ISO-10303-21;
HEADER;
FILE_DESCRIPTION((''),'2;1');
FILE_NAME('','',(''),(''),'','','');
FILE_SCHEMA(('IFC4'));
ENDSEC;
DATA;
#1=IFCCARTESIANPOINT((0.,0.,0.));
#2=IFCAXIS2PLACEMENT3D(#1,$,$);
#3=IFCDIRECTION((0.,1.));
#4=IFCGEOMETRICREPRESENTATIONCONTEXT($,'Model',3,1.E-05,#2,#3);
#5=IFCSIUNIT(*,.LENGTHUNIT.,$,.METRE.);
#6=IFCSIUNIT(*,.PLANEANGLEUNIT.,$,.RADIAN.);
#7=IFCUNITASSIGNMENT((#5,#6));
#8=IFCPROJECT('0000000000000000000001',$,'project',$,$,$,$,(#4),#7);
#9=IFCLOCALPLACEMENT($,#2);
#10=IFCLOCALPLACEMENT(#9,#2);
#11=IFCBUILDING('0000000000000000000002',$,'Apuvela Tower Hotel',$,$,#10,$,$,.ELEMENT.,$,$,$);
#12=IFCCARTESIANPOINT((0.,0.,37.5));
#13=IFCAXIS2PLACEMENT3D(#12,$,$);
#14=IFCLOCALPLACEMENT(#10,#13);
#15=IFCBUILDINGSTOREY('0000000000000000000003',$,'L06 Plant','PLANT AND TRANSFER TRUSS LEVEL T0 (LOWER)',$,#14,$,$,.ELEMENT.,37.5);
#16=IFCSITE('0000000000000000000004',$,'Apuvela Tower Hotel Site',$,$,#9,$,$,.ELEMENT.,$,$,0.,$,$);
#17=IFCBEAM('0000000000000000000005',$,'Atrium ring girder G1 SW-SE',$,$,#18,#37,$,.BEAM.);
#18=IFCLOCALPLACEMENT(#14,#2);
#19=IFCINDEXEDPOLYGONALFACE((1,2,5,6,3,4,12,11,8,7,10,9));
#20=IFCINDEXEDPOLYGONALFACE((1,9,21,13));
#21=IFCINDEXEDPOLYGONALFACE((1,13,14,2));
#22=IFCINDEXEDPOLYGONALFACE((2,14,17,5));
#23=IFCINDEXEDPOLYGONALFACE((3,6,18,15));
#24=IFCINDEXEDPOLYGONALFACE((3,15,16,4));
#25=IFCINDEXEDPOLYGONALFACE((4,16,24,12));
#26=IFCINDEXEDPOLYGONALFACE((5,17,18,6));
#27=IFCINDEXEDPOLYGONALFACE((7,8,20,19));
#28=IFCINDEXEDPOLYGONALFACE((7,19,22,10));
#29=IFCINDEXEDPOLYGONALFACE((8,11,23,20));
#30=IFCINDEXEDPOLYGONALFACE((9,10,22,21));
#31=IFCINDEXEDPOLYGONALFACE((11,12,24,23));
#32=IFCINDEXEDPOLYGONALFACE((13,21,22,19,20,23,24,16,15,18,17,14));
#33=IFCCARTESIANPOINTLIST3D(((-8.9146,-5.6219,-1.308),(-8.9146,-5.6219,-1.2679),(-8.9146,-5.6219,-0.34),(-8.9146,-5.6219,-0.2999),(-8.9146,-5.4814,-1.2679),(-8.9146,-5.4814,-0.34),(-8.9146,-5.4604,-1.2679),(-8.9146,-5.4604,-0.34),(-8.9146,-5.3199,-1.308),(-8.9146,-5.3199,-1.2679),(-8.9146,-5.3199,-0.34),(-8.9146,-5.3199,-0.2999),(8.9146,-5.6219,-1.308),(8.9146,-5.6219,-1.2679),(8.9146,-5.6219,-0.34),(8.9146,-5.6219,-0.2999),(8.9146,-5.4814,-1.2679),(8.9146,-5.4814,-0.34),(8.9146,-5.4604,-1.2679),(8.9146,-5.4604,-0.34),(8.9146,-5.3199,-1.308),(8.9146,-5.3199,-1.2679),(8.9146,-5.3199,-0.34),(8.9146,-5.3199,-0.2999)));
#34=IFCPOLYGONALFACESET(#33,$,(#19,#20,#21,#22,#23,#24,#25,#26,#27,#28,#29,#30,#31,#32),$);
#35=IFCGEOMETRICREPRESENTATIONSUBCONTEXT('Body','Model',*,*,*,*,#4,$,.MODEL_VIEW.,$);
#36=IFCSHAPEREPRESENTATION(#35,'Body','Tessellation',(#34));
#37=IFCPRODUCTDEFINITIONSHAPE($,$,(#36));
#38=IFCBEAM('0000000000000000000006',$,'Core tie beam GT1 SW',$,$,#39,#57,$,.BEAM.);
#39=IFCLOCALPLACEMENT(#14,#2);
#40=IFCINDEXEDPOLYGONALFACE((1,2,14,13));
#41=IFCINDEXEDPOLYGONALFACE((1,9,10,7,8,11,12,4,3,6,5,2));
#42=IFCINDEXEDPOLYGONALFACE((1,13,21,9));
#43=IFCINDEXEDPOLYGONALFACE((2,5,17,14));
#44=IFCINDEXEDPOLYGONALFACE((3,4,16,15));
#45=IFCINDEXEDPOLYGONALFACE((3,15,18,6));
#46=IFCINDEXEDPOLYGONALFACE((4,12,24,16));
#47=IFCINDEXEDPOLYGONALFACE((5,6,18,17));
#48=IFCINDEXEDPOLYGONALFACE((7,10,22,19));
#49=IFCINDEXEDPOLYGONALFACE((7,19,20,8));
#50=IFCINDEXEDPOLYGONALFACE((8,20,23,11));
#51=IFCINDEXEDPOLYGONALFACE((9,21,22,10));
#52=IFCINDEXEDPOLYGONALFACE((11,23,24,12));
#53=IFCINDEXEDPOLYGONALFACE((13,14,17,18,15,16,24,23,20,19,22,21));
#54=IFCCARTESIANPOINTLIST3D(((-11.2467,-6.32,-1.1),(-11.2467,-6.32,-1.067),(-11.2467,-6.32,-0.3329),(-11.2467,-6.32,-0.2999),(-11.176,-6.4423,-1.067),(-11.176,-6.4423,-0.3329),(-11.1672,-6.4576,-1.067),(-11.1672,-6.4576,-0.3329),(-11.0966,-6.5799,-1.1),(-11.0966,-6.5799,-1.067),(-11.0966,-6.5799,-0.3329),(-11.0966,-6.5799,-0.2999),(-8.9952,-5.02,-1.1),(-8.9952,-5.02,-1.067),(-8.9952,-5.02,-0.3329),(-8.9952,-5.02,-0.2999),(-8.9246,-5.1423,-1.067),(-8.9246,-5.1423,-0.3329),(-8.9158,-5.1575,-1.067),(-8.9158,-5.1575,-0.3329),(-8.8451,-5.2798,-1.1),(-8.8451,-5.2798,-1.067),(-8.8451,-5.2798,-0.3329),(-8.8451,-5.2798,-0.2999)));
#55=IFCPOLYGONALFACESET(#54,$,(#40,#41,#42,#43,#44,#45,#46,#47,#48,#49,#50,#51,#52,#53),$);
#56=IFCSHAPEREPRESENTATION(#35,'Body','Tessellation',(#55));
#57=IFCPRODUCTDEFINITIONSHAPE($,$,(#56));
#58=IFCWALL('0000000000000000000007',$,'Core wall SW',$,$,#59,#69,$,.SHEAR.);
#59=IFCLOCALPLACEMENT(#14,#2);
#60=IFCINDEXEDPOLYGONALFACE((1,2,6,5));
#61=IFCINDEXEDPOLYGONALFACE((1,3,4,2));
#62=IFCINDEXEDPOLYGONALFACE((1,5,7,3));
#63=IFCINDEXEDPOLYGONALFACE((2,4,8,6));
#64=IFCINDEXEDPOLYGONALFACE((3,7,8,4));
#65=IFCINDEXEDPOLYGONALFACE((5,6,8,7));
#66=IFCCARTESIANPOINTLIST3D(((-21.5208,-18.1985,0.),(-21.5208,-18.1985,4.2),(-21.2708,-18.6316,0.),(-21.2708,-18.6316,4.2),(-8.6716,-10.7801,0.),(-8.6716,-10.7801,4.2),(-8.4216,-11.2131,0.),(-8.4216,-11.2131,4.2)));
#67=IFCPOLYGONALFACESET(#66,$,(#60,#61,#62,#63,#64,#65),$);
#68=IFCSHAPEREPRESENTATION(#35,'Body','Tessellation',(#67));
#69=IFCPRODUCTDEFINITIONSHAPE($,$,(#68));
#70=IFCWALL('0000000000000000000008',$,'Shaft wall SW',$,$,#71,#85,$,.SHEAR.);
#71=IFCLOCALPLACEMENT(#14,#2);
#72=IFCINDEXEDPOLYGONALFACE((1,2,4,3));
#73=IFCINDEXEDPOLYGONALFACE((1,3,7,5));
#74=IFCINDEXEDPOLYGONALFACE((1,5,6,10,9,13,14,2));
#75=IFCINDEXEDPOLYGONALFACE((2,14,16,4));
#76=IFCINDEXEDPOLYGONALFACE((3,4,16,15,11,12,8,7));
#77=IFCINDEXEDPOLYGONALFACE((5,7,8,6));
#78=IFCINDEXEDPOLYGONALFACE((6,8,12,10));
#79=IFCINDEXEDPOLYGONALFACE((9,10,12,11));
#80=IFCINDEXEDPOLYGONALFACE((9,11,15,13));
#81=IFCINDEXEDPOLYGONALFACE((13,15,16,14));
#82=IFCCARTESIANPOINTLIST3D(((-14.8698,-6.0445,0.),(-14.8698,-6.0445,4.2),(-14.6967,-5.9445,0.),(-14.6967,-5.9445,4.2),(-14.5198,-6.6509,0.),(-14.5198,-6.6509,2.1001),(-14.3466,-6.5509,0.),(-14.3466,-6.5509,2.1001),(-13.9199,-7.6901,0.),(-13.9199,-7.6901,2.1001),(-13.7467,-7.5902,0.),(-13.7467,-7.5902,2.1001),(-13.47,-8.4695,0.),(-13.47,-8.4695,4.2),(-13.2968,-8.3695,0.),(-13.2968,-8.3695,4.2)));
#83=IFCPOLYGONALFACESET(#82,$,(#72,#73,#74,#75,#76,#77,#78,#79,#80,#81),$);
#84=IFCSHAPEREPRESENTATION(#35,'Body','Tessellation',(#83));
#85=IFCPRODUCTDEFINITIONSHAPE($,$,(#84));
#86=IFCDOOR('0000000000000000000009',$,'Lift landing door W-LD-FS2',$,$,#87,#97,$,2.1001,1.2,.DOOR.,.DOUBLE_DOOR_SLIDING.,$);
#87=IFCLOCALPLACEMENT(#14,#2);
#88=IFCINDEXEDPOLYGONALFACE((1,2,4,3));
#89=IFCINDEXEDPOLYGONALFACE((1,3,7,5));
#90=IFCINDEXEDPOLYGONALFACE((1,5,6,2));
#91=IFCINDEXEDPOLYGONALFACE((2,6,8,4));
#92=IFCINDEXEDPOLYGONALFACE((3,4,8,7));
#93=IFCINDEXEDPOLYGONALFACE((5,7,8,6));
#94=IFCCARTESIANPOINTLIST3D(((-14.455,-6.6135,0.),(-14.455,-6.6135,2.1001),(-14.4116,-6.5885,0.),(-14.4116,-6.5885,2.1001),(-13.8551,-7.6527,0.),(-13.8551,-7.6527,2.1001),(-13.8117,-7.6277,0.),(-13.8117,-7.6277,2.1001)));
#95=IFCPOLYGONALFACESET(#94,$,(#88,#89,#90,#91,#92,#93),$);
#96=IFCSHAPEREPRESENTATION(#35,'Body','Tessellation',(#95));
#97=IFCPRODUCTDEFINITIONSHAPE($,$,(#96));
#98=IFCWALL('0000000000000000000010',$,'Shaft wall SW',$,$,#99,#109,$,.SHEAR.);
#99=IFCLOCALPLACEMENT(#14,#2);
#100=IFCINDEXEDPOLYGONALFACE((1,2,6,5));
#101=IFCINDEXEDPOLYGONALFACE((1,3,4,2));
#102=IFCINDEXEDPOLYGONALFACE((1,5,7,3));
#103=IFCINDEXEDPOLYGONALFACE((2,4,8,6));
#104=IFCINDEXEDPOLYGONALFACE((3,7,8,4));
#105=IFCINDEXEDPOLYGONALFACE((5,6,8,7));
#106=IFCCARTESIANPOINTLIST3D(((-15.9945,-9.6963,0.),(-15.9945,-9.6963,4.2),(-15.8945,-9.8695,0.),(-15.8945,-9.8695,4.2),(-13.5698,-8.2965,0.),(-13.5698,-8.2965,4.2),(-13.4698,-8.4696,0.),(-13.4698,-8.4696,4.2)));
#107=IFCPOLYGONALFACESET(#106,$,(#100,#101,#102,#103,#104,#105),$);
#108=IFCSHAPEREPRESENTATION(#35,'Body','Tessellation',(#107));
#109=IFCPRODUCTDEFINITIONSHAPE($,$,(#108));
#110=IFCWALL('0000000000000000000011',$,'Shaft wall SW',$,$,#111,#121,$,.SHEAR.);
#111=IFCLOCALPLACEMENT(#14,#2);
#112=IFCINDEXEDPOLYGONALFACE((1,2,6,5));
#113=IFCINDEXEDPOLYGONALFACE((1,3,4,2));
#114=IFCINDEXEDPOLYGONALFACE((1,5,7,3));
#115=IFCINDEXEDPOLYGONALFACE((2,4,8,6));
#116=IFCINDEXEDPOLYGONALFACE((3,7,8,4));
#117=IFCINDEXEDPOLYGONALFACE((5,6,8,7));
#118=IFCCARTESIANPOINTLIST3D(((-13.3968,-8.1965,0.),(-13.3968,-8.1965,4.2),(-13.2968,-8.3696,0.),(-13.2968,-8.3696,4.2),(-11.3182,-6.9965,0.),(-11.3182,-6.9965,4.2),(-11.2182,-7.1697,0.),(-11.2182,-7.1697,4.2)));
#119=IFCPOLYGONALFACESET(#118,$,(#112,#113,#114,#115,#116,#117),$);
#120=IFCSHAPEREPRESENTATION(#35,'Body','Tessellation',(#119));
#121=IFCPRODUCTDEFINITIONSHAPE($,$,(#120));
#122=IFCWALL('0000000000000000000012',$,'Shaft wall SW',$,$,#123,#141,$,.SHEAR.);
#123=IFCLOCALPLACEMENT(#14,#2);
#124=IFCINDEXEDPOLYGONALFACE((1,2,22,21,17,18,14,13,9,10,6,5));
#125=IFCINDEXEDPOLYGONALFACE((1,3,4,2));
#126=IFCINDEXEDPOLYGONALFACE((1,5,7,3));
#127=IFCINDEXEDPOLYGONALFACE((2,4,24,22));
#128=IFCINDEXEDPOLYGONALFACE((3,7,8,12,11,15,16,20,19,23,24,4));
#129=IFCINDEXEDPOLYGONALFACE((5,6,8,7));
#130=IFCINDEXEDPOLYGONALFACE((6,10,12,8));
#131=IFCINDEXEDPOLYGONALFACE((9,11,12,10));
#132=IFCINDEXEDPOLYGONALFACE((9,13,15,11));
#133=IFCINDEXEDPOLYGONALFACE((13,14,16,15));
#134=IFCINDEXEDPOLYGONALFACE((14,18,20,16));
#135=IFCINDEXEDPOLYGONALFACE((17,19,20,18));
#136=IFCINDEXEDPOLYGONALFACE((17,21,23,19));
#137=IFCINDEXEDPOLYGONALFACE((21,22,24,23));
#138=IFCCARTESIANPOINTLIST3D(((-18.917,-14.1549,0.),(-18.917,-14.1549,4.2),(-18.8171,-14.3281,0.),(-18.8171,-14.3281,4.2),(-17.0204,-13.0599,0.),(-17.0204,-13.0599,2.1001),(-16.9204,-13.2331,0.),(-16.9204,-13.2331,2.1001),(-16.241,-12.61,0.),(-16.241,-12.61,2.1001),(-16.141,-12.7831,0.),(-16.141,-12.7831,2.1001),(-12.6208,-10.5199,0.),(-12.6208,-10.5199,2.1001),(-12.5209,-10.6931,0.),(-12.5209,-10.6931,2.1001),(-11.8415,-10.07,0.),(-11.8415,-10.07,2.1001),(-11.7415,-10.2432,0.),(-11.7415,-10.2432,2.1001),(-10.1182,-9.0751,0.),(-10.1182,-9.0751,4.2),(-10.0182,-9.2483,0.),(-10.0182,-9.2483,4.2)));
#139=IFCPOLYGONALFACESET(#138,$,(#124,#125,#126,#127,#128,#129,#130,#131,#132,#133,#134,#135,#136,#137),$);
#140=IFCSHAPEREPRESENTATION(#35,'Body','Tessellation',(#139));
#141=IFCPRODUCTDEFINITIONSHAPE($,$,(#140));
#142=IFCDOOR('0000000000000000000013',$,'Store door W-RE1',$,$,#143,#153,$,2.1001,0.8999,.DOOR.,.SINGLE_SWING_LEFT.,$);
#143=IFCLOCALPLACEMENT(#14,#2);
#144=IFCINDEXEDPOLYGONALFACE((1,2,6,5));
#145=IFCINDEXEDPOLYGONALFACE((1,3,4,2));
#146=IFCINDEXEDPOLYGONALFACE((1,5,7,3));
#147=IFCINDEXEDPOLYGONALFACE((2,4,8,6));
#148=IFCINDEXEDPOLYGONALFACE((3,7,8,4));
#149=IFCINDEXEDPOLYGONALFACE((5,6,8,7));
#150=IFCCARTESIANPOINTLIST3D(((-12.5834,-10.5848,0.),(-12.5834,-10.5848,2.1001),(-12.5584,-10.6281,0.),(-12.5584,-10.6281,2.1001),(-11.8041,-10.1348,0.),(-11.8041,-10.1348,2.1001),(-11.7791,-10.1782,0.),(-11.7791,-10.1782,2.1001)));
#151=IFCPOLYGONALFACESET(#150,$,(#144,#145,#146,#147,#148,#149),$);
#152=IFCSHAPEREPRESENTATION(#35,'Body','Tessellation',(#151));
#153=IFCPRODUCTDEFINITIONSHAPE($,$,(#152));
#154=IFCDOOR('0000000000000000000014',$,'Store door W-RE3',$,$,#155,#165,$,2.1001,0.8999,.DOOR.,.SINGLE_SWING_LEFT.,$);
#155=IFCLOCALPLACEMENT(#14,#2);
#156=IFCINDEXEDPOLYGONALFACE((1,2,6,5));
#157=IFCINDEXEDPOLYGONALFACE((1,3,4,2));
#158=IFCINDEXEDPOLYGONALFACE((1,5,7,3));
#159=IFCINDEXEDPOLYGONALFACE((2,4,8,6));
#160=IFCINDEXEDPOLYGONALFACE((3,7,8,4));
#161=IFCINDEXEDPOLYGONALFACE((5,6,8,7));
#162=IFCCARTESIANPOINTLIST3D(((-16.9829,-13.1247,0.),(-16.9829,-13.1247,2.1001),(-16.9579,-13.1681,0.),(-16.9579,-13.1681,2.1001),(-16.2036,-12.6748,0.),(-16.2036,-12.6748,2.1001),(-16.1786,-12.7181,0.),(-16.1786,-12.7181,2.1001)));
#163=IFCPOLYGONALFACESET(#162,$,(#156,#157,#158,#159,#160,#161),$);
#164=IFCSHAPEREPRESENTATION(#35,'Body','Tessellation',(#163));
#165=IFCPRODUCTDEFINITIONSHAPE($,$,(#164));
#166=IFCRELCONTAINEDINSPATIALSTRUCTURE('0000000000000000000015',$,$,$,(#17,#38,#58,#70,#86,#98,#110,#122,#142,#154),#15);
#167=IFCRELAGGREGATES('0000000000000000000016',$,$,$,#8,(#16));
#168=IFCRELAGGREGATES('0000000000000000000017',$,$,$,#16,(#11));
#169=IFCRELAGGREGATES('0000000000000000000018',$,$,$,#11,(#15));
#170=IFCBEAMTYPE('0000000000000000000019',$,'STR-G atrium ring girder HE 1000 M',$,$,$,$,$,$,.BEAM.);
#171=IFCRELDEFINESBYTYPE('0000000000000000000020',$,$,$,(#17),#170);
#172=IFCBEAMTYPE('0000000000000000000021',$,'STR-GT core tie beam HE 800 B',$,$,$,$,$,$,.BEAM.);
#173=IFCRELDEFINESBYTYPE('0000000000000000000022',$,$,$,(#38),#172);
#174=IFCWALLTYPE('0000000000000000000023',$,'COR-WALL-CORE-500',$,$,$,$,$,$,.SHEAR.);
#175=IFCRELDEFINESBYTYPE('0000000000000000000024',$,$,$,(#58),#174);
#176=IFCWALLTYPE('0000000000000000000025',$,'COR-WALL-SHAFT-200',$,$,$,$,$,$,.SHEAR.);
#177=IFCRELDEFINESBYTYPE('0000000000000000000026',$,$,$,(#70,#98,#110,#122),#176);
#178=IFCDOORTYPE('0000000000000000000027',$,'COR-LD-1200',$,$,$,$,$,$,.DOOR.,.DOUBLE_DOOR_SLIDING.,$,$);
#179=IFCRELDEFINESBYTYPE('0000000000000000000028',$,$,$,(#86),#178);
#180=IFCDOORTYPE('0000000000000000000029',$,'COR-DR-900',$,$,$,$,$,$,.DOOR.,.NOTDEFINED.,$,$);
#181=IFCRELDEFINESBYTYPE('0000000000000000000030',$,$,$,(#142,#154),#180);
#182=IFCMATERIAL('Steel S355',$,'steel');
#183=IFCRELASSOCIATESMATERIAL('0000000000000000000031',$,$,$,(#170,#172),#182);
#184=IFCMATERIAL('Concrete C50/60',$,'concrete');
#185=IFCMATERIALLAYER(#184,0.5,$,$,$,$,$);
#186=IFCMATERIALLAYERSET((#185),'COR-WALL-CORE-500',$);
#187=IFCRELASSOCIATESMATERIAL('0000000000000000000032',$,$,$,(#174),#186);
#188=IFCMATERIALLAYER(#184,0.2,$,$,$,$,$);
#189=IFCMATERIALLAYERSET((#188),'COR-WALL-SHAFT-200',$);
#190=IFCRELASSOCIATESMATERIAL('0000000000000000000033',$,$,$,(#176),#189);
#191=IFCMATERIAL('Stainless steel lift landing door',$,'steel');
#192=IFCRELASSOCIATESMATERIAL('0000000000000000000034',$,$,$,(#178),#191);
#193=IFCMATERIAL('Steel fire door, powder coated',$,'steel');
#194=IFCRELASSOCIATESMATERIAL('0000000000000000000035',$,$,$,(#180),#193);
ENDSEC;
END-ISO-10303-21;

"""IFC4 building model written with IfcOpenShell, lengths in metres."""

from ifc_helpers import new_model, si_unit, direction, frame, frame_2d, origin, origin_2d, place, context, subcontext, project, spatial, rectangle, i_section, extrude, material, layer, layer_set, material_profile, profile_set, type_object, element, fill, save


model = new_model("IFC4")

# Units and contexts
model_context = context("Model", 3, precision=1e-05, world=origin(), true_north=direction((0.0, 1.0)))
body_context = subcontext(model_context, "Body", "Model", "MODEL_VIEW")
ifc_project = project(units=[si_unit("LENGTHUNIT", "METRE"), si_unit("PLANEANGLEUNIT", "RADIAN")], contexts=[model_context])

# Site, building, storey
site_placement = place(None, origin())
site = spatial("IfcSite", under=ifc_project, at=site_placement, Name="Apuvela Tower Hotel Site", CompositionType="ELEMENT", RefElevation=0.0)
building_placement = place(site_placement, origin())
building = spatial("IfcBuilding", under=site, at=building_placement, Name="Apuvela Tower Hotel", CompositionType="ELEMENT")
storey_placement = place(building_placement, frame((0.0, 0.0, 37.5)))
storey = spatial("IfcBuildingStorey", under=building, at=storey_placement, Name="L06 Plant", Description="PLANT AND TRANSFER TRUSS LEVEL T0 (LOWER)", CompositionType="ELEMENT", Elevation=37.5)

# Beams
ifc_material_1 = material(Name="Steel S355", Category="steel")
ifc_material_profile_1 = material_profile(ifc_material_1, i_section(OverallWidth=0.302, OverallDepth=1.0081, WebThickness=0.021, FlangeThickness=0.04, at=origin_2d()), Name="HE 1000 M")
ifc_profile_set_1 = profile_set([ifc_material_profile_1], Name="Steel S355")
beam_type_1 = type_object("IfcBeamType", Name="STR-G atrium ring girder HE 1000 M", PredefinedType="BEAM", material=ifc_profile_set_1)
beam_1_placement = place(storey_placement, frame((-8.9146, -5.4709, -0.804), z_axis=(1.0, 0.0, 0.0), x_axis=(0.0, 1.0, 0.0)))
element("IfcBeam", 1, at=beam_1_placement, inside=storey, type_object=beam_type_1, Name="Atrium ring girder G1 SW-SE", PredefinedType="BEAM", context=body_context, shape_type="SweptSolid", body=[
    extrude(i_section(OverallWidth=0.302, OverallDepth=1.0081, WebThickness=0.021, FlangeThickness=0.04, at=origin_2d()), origin(), (0.0, 0.0, 1.0), 17.8291),
])
ifc_material_profile_2 = material_profile(ifc_material_1, i_section(OverallWidth=0.3, OverallDepth=0.8, WebThickness=0.0176, FlangeThickness=0.033, at=origin_2d()), Name="HE 800 B")
ifc_profile_set_2 = profile_set([ifc_material_profile_2], Name="Steel S355")
beam_type_2 = type_object("IfcBeamType", Name="STR-GT core tie beam HE 800 B", PredefinedType="BEAM", material=ifc_profile_set_2)
beam_2_placement = place(storey_placement, frame((-11.1716, -6.45, -0.7), z_axis=(0.865998, 0.500048, 0.0), x_axis=(-0.500048, 0.865998, 0.0)))
element("IfcBeam", 2, at=beam_2_placement, inside=storey, type_object=beam_type_2, Name="Core tie beam GT1 SW", PredefinedType="BEAM", context=body_context, shape_type="SweptSolid", body=[
    extrude(i_section(OverallWidth=0.3, OverallDepth=0.8, WebThickness=0.0176, FlangeThickness=0.033, at=origin_2d()), origin(), (0.0, 0.0, 1.0), 2.5999),
])

# Wall
ifc_material_2 = material(Name="Concrete C50/60", Category="concrete")
ifc_layer_1 = layer(ifc_material_2, 0.5)
ifc_layer_set_1 = layer_set([ifc_layer_1], Name="COR-WALL-CORE-500")
wall_type_1 = type_object("IfcWallType", Name="COR-WALL-CORE-500", PredefinedType="SHEAR", material=ifc_layer_set_1)
wall_1_placement = place(storey_placement, frame((-8.5466, -10.9966, 0.0), z_axis=(0.0, 0.0, 1.0), x_axis=(-0.866025, -0.500001, 0.0)))
element("IfcWall", 3, at=wall_1_placement, inside=storey, type_object=wall_type_1, Name="Core wall SW", PredefinedType="SHEAR", context=body_context, shape_type="SweptSolid", body=[
    extrude(rectangle(XDim=14.8369, YDim=0.5, at=frame_2d((7.4185, 0.0))), origin(), (0.0, 0.0, 1.0), 4.2),
])

# Wall, opening, door
ifc_layer_2 = layer(ifc_material_2, 0.2)
ifc_layer_set_2 = layer_set([ifc_layer_2], Name="COR-WALL-SHAFT-200")
wall_type_2 = type_object("IfcWallType", Name="COR-WALL-SHAFT-200", PredefinedType="SHEAR", material=ifc_layer_set_2)
wall_2_placement = place(storey_placement, frame((-14.7832, -5.9946, 0.0), z_axis=(0.0, 0.0, 1.0), x_axis=(0.499946, -0.866056, 0.0)))
wall_2 = element("IfcWall", 4, at=wall_2_placement, inside=storey, type_object=wall_type_2, Name="Shaft wall SW", PredefinedType="SHEAR", context=body_context, shape_type="SweptSolid", body=[
    extrude(rectangle(XDim=2.8, YDim=0.2, at=frame_2d((1.3999, 0.0))), origin(), (0.0, 0.0, 1.0), 4.2),
])
opening_1_placement = place(wall_2_placement, frame((0.7, 0.0, 0.0)))
opening_1 = element("IfcOpeningElement", 5, at=opening_1_placement, cuts=wall_2, PredefinedType="OPENING", context=body_context, shape_type="SweptSolid", body=[
    extrude(rectangle(XDim=1.2, YDim=2.1001, at=frame_2d((0.6001, 1.05))), frame((0.0, 0.1099, 0.0), z_axis=(0.0, -1.0, 0.0), x_axis=(1.0, 0.0, 0.0)), (0.0, 0.0, 1.0), 0.22),
])
ifc_material_3 = material(Name="Stainless steel lift landing door", Category="steel")
door_type_1 = type_object("IfcDoorType", Name="COR-LD-1200", OperationType="DOUBLE_DOOR_SLIDING", PredefinedType="DOOR", material=ifc_material_3)
door_1_placement = place(opening_1_placement, origin())
door_1 = element("IfcDoor", 6, at=door_1_placement, inside=storey, type_object=door_type_1, Name="Lift landing door W-LD-FS2", OperationType="DOUBLE_DOOR_SLIDING", OverallHeight=2.1001, OverallWidth=1.2, PredefinedType="DOOR", context=body_context, shape_type="SweptSolid", body=[
    extrude(rectangle(XDim=1.2, YDim=2.1001, at=frame_2d((0.6001, 1.05))), frame((0.0, 0.0249, 0.0), z_axis=(0.0, -1.0, 0.0), x_axis=(1.0, 0.0, 0.0)), (0.0, 0.0, 1.0), 0.05),
])
fill(opening_1, door_1)

# Walls
wall_3_placement = place(storey_placement, frame((-13.5198, -8.3831, 0.0), z_axis=(0.0, 0.0, 1.0), x_axis=(-0.866035, -0.499984, 0.0)))
element("IfcWall", 7, at=wall_3_placement, inside=storey, type_object=wall_type_2, Name="Shaft wall SW", PredefinedType="SHEAR", context=body_context, shape_type="SweptSolid", body=[
    extrude(rectangle(XDim=2.7998, YDim=0.2, at=frame_2d((1.3999, 0.0))), origin(), (0.0, 0.0, 1.0), 4.2),
])
wall_4_placement = place(storey_placement, frame((-11.2681, -7.083, 0.0), z_axis=(0.0, 0.0, 1.0), x_axis=(-0.86605, -0.499957, 0.0)))
element("IfcWall", 8, at=wall_4_placement, inside=storey, type_object=wall_type_2, Name="Shaft wall SW", PredefinedType="SHEAR", context=body_context, shape_type="SweptSolid", body=[
    extrude(rectangle(XDim=2.4001, YDim=0.2, at=frame_2d((1.2002, 0.0))), origin(), (0.0, 0.0, 1.0), 4.2),
])

# Wall, openings, doors
wall_5_placement = place(storey_placement, frame((-10.0681, -9.1616, 0.0), z_axis=(0.0, 0.0, 1.0), x_axis=(-0.866033, -0.499987, 0.0)))
wall_5 = element("IfcWall", 9, at=wall_5_placement, inside=storey, type_object=wall_type_2, Name="Shaft wall SW", PredefinedType="SHEAR", context=body_context, shape_type="SweptSolid", body=[
    extrude(rectangle(XDim=10.1599, YDim=0.2, at=frame_2d((5.0801, 0.0))), origin(), (0.0, 0.0, 1.0), 4.2),
])
opening_2_placement = place(wall_5_placement, frame((1.99, 0.0, 0.0)))
opening_2 = element("IfcOpeningElement", 10, at=opening_2_placement, cuts=wall_5, PredefinedType="OPENING", context=body_context, shape_type="SweptSolid", body=[
    extrude(rectangle(XDim=0.8999, YDim=2.1001, at=frame_2d((0.45, 1.05))), frame((0.0, 0.1099, 0.0), z_axis=(0.0, -1.0, 0.0), x_axis=(1.0, 0.0, 0.0)), (0.0, 0.0, 1.0), 0.22),
])
opening_3_placement = place(wall_5_placement, frame((7.0701, 0.0, 0.0)))
opening_3 = element("IfcOpeningElement", 11, at=opening_3_placement, cuts=wall_5, PredefinedType="OPENING", context=body_context, shape_type="SweptSolid", body=[
    extrude(rectangle(XDim=0.8999, YDim=2.1001, at=frame_2d((0.45, 1.05))), frame((0.0, 0.1099, 0.0), z_axis=(0.0, -1.0, 0.0), x_axis=(1.0, 0.0, 0.0)), (0.0, 0.0, 1.0), 0.22),
])
ifc_material_4 = material(Name="Steel fire door, powder coated", Category="steel")
door_type_2 = type_object("IfcDoorType", Name="COR-DR-900", OperationType="NOTDEFINED", PredefinedType="DOOR", material=ifc_material_4)
door_2_placement = place(opening_2_placement, origin())
door_2 = element("IfcDoor", 12, at=door_2_placement, inside=storey, type_object=door_type_2, Name="Store door W-RE1", OperationType="SINGLE_SWING_LEFT", OverallHeight=2.1001, OverallWidth=0.8999, PredefinedType="DOOR", context=body_context, shape_type="SweptSolid", body=[
    extrude(rectangle(XDim=0.8999, YDim=2.1001, at=frame_2d((0.45, 1.05))), frame((0.0, 0.0249, 0.0), z_axis=(0.0, -1.0, 0.0), x_axis=(1.0, 0.0, 0.0)), (0.0, 0.0, 1.0), 0.05),
])
fill(opening_2, door_2)
door_3_placement = place(opening_3_placement, origin())
door_3 = element("IfcDoor", 13, at=door_3_placement, inside=storey, type_object=door_type_2, Name="Store door W-RE3", OperationType="SINGLE_SWING_LEFT", OverallHeight=2.1001, OverallWidth=0.8999, PredefinedType="DOOR", context=body_context, shape_type="SweptSolid", body=[
    extrude(rectangle(XDim=0.8999, YDim=2.1001, at=frame_2d((0.45, 1.05))), frame((0.0, 0.0249, 0.0), z_axis=(0.0, -1.0, 0.0), x_axis=(1.0, 0.0, 0.0)), (0.0, 0.0, 1.0), 0.05),
])
fill(opening_3, door_3)

save(model, "model.ifc")
